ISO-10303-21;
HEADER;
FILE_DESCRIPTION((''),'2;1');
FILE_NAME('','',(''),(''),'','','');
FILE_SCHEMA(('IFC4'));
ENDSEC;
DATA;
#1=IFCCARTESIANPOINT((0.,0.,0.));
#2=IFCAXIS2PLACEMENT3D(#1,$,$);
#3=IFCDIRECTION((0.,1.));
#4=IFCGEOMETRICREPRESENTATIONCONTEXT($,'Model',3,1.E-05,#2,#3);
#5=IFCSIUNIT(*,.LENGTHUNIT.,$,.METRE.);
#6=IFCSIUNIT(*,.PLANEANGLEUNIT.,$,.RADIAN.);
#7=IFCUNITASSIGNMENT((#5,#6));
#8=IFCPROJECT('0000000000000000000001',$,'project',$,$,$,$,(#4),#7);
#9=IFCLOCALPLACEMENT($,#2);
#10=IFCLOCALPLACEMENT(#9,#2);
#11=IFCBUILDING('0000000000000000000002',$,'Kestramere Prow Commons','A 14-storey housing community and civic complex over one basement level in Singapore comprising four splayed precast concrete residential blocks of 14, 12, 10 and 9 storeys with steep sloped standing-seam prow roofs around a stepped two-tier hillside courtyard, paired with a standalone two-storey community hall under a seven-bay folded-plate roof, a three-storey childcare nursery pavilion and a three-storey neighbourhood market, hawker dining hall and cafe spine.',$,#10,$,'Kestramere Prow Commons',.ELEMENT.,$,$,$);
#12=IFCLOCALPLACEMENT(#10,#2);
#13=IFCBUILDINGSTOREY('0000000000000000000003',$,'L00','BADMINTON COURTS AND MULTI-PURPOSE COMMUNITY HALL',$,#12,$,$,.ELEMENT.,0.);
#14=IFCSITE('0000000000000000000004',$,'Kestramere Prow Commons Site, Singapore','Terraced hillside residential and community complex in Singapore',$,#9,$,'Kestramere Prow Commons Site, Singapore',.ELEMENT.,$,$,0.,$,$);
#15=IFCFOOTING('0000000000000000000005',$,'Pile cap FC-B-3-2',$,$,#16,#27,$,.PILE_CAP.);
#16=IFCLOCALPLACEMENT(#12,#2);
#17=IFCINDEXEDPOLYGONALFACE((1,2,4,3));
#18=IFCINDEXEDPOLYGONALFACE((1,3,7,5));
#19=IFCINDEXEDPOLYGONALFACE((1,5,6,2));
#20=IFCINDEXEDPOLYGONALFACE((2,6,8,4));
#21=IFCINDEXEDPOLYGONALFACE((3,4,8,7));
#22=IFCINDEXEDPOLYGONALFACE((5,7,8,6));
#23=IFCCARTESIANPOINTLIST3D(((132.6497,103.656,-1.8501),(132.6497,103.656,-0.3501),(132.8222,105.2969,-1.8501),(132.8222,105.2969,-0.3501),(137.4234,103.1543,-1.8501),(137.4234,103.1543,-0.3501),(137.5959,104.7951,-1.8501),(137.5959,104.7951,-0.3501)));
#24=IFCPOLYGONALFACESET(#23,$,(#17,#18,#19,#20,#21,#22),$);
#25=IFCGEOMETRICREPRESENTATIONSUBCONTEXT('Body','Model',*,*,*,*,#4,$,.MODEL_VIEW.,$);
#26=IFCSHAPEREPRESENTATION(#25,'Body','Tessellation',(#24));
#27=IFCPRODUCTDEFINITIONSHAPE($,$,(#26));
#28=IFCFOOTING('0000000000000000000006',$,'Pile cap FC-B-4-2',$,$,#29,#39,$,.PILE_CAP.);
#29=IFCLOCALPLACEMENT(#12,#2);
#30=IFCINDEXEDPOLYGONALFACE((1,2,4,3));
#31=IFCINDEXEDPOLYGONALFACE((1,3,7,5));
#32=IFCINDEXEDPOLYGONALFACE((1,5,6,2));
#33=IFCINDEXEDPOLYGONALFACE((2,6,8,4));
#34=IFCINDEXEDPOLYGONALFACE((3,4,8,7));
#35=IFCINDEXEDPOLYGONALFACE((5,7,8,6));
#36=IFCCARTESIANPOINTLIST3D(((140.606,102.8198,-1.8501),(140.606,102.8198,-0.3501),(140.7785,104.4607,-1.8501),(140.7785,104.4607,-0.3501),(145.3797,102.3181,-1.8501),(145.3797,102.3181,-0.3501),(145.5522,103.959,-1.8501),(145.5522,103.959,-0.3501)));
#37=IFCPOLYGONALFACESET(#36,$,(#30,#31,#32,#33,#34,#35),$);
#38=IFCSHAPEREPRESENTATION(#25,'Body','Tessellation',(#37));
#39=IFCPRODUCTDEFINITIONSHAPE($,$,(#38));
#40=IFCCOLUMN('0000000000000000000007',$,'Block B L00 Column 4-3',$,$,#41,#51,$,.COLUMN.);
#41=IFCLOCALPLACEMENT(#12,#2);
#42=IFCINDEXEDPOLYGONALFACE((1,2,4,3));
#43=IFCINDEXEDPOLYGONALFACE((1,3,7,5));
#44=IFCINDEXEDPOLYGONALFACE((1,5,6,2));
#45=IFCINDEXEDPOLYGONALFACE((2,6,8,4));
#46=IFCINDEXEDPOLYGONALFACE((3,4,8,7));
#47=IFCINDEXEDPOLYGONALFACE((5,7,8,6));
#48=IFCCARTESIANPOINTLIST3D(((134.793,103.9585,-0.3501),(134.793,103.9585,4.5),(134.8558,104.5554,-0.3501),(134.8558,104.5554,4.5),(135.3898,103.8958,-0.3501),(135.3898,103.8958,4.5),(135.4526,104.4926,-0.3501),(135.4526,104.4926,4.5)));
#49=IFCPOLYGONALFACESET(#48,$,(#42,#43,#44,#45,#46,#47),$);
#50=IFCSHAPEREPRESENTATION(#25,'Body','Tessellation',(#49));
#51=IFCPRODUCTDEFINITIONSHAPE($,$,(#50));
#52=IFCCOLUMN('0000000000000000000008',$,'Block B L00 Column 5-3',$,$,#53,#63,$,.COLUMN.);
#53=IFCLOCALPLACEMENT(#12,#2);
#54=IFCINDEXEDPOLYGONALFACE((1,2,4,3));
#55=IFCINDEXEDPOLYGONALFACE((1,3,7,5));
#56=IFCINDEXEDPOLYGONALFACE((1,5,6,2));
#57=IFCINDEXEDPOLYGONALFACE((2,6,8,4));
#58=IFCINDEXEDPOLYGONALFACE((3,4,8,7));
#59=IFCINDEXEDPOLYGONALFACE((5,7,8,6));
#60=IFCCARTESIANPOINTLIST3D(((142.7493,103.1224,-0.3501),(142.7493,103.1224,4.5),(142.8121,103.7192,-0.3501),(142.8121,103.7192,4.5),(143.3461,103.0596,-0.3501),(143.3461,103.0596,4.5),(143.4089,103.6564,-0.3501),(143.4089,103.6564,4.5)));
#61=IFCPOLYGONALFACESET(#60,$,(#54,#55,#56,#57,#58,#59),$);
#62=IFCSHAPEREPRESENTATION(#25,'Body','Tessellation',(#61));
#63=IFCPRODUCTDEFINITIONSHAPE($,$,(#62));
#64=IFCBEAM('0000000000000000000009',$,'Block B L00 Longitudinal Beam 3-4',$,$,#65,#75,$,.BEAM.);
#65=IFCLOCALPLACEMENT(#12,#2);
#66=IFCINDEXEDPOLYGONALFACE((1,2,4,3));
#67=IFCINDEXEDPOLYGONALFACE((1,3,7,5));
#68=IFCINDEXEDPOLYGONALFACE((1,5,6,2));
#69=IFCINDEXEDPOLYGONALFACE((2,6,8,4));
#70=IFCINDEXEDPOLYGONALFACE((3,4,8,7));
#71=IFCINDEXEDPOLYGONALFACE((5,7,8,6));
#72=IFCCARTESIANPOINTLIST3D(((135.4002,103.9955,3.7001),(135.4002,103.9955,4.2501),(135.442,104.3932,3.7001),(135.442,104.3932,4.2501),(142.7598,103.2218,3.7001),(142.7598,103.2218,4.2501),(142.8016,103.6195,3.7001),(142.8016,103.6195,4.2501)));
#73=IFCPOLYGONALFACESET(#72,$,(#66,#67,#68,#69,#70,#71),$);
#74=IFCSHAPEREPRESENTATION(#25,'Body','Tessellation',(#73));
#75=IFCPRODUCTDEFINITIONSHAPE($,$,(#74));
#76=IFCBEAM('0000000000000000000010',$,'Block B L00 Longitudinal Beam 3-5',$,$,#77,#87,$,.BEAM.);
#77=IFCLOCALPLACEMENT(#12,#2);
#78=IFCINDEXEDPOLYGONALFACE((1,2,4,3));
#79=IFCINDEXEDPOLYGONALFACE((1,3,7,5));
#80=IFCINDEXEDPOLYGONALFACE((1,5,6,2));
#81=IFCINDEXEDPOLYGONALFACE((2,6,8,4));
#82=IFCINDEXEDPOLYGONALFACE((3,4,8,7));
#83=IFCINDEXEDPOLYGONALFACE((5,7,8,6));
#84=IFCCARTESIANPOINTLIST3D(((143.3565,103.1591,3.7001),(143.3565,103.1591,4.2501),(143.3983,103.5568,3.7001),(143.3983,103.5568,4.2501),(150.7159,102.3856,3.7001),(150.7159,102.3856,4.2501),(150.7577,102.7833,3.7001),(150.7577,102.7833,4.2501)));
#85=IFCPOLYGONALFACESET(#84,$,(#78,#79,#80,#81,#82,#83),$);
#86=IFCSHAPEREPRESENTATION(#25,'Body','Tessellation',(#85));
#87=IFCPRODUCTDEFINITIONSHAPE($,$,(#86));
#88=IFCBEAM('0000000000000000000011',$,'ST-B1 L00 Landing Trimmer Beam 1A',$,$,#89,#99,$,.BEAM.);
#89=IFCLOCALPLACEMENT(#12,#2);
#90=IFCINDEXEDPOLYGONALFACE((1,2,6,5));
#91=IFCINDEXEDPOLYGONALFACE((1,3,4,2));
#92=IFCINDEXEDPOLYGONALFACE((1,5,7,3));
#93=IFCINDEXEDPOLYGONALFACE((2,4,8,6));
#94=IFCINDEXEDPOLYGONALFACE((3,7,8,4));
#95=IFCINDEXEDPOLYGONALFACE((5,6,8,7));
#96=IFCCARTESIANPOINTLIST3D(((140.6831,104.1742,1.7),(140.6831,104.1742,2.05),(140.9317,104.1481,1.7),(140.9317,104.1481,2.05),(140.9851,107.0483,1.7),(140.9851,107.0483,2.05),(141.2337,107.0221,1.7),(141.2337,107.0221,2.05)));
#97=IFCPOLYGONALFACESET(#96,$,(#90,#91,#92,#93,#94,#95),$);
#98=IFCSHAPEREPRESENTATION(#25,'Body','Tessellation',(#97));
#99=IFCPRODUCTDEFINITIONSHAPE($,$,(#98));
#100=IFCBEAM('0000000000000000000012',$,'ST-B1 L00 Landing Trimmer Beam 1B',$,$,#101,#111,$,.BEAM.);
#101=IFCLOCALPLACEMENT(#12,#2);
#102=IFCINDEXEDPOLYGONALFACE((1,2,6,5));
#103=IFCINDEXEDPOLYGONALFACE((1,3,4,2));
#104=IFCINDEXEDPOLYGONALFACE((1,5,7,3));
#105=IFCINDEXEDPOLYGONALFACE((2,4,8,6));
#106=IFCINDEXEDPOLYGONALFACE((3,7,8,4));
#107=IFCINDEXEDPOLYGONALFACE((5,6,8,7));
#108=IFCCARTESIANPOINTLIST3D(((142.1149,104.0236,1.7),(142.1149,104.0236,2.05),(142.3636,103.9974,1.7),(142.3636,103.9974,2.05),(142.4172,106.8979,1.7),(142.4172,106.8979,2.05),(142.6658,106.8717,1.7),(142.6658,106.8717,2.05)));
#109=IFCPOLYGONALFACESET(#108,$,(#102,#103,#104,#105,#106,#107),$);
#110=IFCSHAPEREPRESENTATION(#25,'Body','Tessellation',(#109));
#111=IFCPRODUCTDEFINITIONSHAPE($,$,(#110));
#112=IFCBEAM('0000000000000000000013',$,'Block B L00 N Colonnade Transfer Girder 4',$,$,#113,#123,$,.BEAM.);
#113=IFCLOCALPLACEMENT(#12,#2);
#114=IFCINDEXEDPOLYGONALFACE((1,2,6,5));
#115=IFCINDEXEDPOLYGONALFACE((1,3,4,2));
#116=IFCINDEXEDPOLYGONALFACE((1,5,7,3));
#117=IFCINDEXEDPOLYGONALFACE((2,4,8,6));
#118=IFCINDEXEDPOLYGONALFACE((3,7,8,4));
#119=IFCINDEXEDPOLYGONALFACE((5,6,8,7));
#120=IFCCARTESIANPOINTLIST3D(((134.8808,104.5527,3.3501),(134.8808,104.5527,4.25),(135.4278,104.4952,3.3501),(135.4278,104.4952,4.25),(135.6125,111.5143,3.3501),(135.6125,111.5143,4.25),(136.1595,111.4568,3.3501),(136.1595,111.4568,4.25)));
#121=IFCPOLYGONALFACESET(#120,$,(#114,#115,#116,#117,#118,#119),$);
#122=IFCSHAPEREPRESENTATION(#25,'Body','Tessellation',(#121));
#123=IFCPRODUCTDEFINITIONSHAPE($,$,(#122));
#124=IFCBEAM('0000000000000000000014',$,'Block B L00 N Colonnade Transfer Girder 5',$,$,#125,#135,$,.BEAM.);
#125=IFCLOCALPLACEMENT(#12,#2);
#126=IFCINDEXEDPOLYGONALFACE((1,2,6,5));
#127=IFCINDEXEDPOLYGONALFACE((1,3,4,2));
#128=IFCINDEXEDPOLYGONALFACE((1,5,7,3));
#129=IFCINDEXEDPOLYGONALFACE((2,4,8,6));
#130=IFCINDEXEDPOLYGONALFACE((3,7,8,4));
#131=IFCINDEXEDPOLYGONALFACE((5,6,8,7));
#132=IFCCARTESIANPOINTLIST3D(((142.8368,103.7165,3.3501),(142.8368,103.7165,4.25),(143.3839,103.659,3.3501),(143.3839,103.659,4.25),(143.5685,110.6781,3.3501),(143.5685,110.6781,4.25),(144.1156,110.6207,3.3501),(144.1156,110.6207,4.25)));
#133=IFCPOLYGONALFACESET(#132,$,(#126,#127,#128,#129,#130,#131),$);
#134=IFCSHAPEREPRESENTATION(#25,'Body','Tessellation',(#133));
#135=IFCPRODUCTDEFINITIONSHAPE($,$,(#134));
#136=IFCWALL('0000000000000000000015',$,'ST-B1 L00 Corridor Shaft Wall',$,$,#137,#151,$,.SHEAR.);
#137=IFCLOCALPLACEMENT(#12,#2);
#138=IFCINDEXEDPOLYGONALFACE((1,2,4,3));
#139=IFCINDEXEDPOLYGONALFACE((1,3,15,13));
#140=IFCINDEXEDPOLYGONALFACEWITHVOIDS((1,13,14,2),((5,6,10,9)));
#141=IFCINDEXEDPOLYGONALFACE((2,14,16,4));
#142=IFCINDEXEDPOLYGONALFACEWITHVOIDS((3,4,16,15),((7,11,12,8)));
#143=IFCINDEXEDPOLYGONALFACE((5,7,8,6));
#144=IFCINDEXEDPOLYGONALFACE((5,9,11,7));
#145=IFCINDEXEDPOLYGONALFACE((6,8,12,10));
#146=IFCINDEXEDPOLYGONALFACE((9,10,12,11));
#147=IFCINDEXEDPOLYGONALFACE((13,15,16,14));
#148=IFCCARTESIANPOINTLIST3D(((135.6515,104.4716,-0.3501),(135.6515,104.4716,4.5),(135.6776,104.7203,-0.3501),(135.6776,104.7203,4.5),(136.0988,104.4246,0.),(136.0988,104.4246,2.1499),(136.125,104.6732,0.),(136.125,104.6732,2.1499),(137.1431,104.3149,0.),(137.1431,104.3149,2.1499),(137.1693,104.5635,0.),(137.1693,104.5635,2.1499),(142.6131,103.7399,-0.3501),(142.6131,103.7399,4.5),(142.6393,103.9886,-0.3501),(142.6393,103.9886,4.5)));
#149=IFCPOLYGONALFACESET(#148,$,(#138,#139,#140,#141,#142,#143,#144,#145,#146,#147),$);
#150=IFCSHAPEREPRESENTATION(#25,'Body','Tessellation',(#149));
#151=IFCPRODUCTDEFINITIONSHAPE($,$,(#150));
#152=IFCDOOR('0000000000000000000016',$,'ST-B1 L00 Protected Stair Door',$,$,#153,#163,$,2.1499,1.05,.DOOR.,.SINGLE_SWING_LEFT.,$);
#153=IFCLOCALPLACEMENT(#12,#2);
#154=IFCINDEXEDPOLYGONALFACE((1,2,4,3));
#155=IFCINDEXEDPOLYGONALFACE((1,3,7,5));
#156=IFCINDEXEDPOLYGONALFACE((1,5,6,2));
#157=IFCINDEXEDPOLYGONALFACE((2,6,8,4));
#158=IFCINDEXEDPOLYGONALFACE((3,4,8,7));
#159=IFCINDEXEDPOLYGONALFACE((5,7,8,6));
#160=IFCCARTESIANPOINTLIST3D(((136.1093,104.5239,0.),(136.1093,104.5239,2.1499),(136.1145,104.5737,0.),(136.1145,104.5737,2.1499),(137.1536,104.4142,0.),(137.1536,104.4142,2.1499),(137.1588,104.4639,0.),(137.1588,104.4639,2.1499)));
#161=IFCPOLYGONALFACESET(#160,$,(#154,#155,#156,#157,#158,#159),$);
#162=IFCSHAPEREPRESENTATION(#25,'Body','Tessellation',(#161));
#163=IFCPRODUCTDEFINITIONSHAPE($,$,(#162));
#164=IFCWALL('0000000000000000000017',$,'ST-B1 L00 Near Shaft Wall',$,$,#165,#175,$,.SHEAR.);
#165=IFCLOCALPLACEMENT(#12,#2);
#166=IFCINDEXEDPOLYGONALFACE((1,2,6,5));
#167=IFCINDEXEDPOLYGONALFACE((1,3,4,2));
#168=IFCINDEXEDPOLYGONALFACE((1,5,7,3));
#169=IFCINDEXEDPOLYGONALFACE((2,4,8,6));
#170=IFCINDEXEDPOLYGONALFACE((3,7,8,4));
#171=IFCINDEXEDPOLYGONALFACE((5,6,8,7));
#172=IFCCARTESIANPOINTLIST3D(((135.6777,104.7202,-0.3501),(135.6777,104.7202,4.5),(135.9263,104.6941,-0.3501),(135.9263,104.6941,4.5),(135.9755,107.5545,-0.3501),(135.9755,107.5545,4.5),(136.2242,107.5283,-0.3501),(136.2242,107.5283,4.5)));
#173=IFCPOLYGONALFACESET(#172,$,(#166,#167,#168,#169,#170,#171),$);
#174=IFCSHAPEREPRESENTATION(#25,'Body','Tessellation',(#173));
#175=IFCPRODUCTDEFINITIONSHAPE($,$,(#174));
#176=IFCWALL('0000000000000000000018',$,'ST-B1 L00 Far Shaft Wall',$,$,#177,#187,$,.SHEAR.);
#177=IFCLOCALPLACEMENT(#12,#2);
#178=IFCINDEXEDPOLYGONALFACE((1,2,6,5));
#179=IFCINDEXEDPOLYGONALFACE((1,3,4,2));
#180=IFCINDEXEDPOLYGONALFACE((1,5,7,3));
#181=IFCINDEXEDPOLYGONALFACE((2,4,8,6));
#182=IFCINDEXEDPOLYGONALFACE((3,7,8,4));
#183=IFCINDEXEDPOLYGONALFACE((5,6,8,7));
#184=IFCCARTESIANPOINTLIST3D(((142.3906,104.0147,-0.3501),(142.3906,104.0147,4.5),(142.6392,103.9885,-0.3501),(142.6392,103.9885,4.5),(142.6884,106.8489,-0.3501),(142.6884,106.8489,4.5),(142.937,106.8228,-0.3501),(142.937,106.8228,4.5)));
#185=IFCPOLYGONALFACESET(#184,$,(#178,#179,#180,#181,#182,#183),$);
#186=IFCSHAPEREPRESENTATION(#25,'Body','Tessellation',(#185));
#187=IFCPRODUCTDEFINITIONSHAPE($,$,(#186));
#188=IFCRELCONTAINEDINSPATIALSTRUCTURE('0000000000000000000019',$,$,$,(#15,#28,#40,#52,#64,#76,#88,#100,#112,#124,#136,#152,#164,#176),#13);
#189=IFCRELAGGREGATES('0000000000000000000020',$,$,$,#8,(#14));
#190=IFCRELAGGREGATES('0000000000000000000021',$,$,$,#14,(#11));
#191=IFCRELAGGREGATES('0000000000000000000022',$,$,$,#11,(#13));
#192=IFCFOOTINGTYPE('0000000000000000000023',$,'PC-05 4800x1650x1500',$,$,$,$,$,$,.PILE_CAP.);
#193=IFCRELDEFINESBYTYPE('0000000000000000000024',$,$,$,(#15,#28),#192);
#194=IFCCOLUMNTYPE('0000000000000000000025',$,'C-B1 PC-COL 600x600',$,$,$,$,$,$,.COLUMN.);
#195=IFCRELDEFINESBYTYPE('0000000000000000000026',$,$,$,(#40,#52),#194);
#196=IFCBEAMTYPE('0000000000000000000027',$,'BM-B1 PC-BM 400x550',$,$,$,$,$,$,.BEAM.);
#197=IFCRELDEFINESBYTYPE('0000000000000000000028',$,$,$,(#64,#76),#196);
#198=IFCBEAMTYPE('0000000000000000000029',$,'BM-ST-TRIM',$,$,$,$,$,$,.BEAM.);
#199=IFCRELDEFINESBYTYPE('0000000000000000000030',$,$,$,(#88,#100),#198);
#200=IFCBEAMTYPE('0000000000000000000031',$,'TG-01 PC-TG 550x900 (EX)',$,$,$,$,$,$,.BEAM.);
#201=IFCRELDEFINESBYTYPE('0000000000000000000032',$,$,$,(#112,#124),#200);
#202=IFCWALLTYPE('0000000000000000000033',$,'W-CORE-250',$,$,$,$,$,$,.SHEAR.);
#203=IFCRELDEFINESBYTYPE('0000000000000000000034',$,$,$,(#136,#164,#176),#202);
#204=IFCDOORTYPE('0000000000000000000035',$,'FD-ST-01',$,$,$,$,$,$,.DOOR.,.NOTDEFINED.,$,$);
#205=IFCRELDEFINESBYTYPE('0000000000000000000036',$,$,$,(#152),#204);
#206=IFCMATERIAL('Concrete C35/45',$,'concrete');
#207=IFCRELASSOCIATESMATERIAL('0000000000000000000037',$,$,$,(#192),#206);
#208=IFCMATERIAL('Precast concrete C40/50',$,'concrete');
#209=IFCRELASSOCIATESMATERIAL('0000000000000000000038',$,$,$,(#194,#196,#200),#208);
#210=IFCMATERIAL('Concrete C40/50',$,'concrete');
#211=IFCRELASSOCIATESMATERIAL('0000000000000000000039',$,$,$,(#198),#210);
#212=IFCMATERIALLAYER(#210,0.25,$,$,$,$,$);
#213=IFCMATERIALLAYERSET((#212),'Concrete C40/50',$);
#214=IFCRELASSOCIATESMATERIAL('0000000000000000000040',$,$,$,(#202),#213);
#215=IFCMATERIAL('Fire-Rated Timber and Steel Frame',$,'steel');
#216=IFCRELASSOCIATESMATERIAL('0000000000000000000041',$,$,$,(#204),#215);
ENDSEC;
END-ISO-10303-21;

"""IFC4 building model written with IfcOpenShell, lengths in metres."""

from ifc_helpers import new_model, si_unit, direction, frame, frame_2d, origin, origin_2d, place, context, subcontext, project, spatial, rectangle, extrude, material, layer, layer_set, material_profile, profile_set, type_object, element, fill, save


model = new_model("IFC4")

# Units and contexts
model_context = context("Model", 3, precision=1e-05, world=origin(), true_north=direction((0.0, 1.0)))
body_context = subcontext(model_context, "Body", "Model", "MODEL_VIEW")
ifc_project = project(units=[si_unit("LENGTHUNIT", "METRE"), si_unit("PLANEANGLEUNIT", "RADIAN")], contexts=[model_context])

# Site, building, storey
site_placement = place(None, origin())
site = spatial("IfcSite", under=ifc_project, at=site_placement, Name="Kestramere Prow Commons Site, Singapore", Description="Terraced hillside residential and community complex in Singapore", LongName="Kestramere Prow Commons Site, Singapore", CompositionType="ELEMENT", RefElevation=0.0)
building_placement = place(site_placement, origin())
building = spatial("IfcBuilding", under=site, at=building_placement, Name="Kestramere Prow Commons", Description="A 14-storey housing community and civic complex over one basement level in Singapore comprising four splayed precast concrete residential blocks of 14, 12, 10 and 9 storeys with steep sloped standing-seam prow roofs around a stepped two-tier hillside courtyard, paired with a standalone two-storey community hall under a seven-bay folded-plate roof, a three-storey childcare nursery pavilion and a three-storey neighbourhood market, hawker dining hall and cafe spine.", LongName="Kestramere Prow Commons", CompositionType="ELEMENT")
storey_placement = place(building_placement, origin())
storey = spatial("IfcBuildingStorey", under=building, at=storey_placement, Name="L00", Description="BADMINTON COURTS AND MULTI-PURPOSE COMMUNITY HALL", CompositionType="ELEMENT", Elevation=0.0)

# Shared definitions
ifc_material_1 = material(Name="Concrete C35/45", Category="concrete")

# Footings
footing_type_1 = type_object("IfcFootingType", Name="PC-05 4800x1650x1500", PredefinedType="PILE_CAP", material=ifc_material_1)
for number, where, z_axis, x_axis, name in (
    (1, (135.1228, 104.2256, -1.8501), (0.0, 0.0, 1.0), (0.994522, -0.104528, 0.0), "Pile cap FC-B-3-2"),
    (2, (143.0791, 103.3894, -1.8501), (0.0, 0.0, 1.0), (0.994522, -0.104528, 0.0), "Pile cap FC-B-4-2"),
):
    element("IfcFooting", number, at=place(storey_placement, frame(where, z_axis=z_axis, x_axis=x_axis)), inside=storey, type_object=footing_type_1, Name=name, PredefinedType="PILE_CAP", context=body_context, shape_type="SweptSolid", body=[
        extrude(rectangle(XDim=4.8, YDim=1.6499, at=origin_2d()), origin(), (0.0, 0.0, 1.0), 1.5),
    ])

# Columns
ifc_material_2 = material(Name="Precast concrete C40/50", Category="concrete")
ifc_material_profile_1 = material_profile(ifc_material_2, rectangle(XDim=0.6001, YDim=0.6001, at=origin_2d()), Name="PC-COL 600x600")
ifc_profile_set_1 = profile_set([ifc_material_profile_1], Name="Precast concrete C40/50")
column_type = type_object("IfcColumnType", Name="C-B1 PC-COL 600x600", PredefinedType="COLUMN", material=ifc_profile_set_1)
for number, where, z_axis, x_axis, name in (
    (3, (135.1228, 104.2256, -0.3501), (0.0, 0.0, 1.0), (0.994522, -0.104528, 0.0), "Block B L00 Column 4-3"),
    (4, (143.0791, 103.3894, -0.3501), (0.0, 0.0, 1.0), (0.994522, -0.104528, 0.0), "Block B L00 Column 5-3"),
):
    element("IfcColumn", number, at=place(storey_placement, frame(where, z_axis=z_axis, x_axis=x_axis)), inside=storey, type_object=column_type, Name=name, PredefinedType="COLUMN", context=body_context, shape_type="SweptSolid", body=[
        extrude(rectangle(XDim=0.6001, YDim=0.6001, at=origin_2d()), origin(), (0.0, 0.0, 1.0), 4.8501),
    ])

# Beams
ifc_material_profile_2 = material_profile(ifc_material_2, rectangle(XDim=0.3999, YDim=0.55, at=origin_2d()), Name="PC-BM 400x550")
ifc_profile_set_2 = profile_set([ifc_material_profile_2], Name="Precast concrete C40/50")
beam_type_1 = type_object("IfcBeamType", Name="BM-B1 PC-BM 400x550", PredefinedType="BEAM", material=ifc_profile_set_2)
beam_1_placement = place(storey_placement, frame((135.4211, 104.1943, 3.9751), z_axis=(0.99452, -0.104549, 0.0), x_axis=(0.104549, 0.99452, 0.0)))
element("IfcBeam", 5, at=beam_1_placement, inside=storey, type_object=beam_type_1, Name="Block B L00 Longitudinal Beam 3-4", PredefinedType="BEAM", context=body_context, shape_type="SweptSolid", body=[
    extrude(rectangle(XDim=0.3999, YDim=0.55, at=origin_2d()), origin(), (0.0, 0.0, 1.0), 7.4001),
])
beam_2_placement = place(storey_placement, frame((143.3774, 103.3579, 3.9751), z_axis=(0.994523, -0.10452, 0.0), x_axis=(0.10452, 0.994523, 0.0)))
element("IfcBeam", 6, at=beam_2_placement, inside=storey, type_object=beam_type_1, Name="Block B L00 Longitudinal Beam 3-5", PredefinedType="BEAM", context=body_context, shape_type="SweptSolid", body=[
    extrude(rectangle(XDim=0.3999, YDim=0.55, at=origin_2d()), origin(), (0.0, 0.0, 1.0), 7.3999),
])
ifc_material_3 = material(Name="Concrete C40/50", Category="concrete")
ifc_material_profile_3 = material_profile(ifc_material_3, rectangle(XDim=0.25, YDim=0.3501, at=origin_2d()), Name="PC-BM 250x350")
ifc_profile_set_3 = profile_set([ifc_material_profile_3], Name="Concrete C40/50")
beam_type_2 = type_object("IfcBeamType", Name="BM-ST-TRIM", PredefinedType="BEAM", material=ifc_profile_set_3)
beam_3_placement = place(storey_placement, frame((140.8074, 104.1611, 1.875), z_axis=(0.104504, 0.994524, 0.0), x_axis=(-0.994524, 0.104504, 0.0)))
element("IfcBeam", 7, at=beam_3_placement, inside=storey, type_object=beam_type_2, Name="ST-B1 L00 Landing Trimmer Beam 1A", PredefinedType="BEAM", context=body_context, shape_type="SweptSolid", body=[
    extrude(rectangle(XDim=0.25, YDim=0.3501, at=origin_2d()), origin(), (0.0, 0.0, 1.0), 2.8899),
])
beam_4_placement = place(storey_placement, frame((142.2393, 104.0105, 1.875), z_axis=(0.104579, 0.994517, 0.0), x_axis=(-0.994517, 0.104579, 0.0)))
element("IfcBeam", 8, at=beam_4_placement, inside=storey, type_object=beam_type_2, Name="ST-B1 L00 Landing Trimmer Beam 1B", PredefinedType="BEAM", context=body_context, shape_type="SweptSolid", body=[
    extrude(rectangle(XDim=0.25, YDim=0.3501, at=origin_2d()), origin(), (0.0, 0.0, 1.0), 2.8901),
])
ifc_material_profile_4 = material_profile(ifc_material_2, rectangle(XDim=0.55, YDim=0.8999, at=origin_2d()), Name="PC-TG 550x900")
ifc_profile_set_4 = profile_set([ifc_material_profile_4], Name="Precast concrete C40/50")
beam_type_3 = type_object("IfcBeamType", Name="TG-01 PC-TG 550x900 (EX)", PredefinedType="BEAM", material=ifc_profile_set_4)
for number, where, z_axis, x_axis, name in (
    (9, (135.1543, 104.5239, 3.8), (0.104527, 0.994522, 0.0), (-0.994522, 0.104527, 0.0), "Block B L00 N Colonnade Transfer Girder 4"),
    (10, (143.1104, 103.6877, 3.8), (0.104527, 0.994522, 0.0), (-0.994522, 0.104527, 0.0), "Block B L00 N Colonnade Transfer Girder 5"),
):
    element("IfcBeam", number, at=place(storey_placement, frame(where, z_axis=z_axis, x_axis=x_axis)), inside=storey, type_object=beam_type_3, Name=name, PredefinedType="BEAM", context=body_context, shape_type="SweptSolid", body=[
        extrude(rectangle(XDim=0.55, YDim=0.8999, at=origin_2d()), origin(), (0.0, 0.0, 1.0), 7.0),
    ])

# Wall, opening, door
ifc_layer_1 = layer(ifc_material_3, 0.25)
ifc_layer_set_1 = layer_set([ifc_layer_1], Name="Concrete C40/50")
wall_type_1 = type_object("IfcWallType", Name="W-CORE-250", PredefinedType="SHEAR", material=ifc_layer_set_1)
wall_1_placement = place(storey_placement, frame((135.6646, 104.5959, -0.3501), z_axis=(0.0, 0.0, 1.0), x_axis=(0.994522, -0.104527, 0.0)))
wall_1 = element("IfcWall", 11, at=wall_1_placement, inside=storey, type_object=wall_type_1, Name="ST-B1 L00 Corridor Shaft Wall", PredefinedType="SHEAR", context=body_context, shape_type="SweptSolid", body=[
    extrude(rectangle(XDim=7.0, YDim=0.25, at=frame_2d((3.5, 0.0))), origin(), (0.0, 0.0, 1.0), 4.8501),
])
opening_1_placement = place(wall_1_placement, frame((0.45, 0.0, 0.3501)))
opening_1 = element("IfcOpeningElement", 12, at=opening_1_placement, cuts=wall_1, PredefinedType="OPENING", context=body_context, shape_type="SweptSolid", body=[
    extrude(rectangle(XDim=1.05, YDim=2.1499, at=frame_2d((0.5249, 1.075))), frame((0.0, 0.1399, 0.0), z_axis=(0.0, -1.0, 0.0), x_axis=(1.0, 0.0, 0.0)), (0.0, 0.0, 1.0), 0.28),
])
ifc_material_4 = material(Name="Fire-Rated Timber and Steel Frame", Category="steel")
door_type = type_object("IfcDoorType", Name="FD-ST-01", OperationType="NOTDEFINED", PredefinedType="DOOR", material=ifc_material_4)
door_1_placement = place(opening_1_placement, origin())
door_1 = element("IfcDoor", 13, at=door_1_placement, inside=storey, type_object=door_type, Name="ST-B1 L00 Protected Stair Door", OperationType="SINGLE_SWING_LEFT", OverallHeight=2.1499, OverallWidth=1.05, PredefinedType="DOOR", context=body_context, shape_type="SweptSolid", body=[
    extrude(rectangle(XDim=1.05, YDim=2.1499, at=frame_2d((0.5249, 1.075))), frame((0.0, 0.0249, 0.0), z_axis=(0.0, -1.0, 0.0), x_axis=(1.0, 0.0, 0.0)), (0.0, 0.0, 1.0), 0.05),
])
fill(opening_1, door_1)

# Walls
for number, where, z_axis, x_axis, name in (
    (14, (135.802, 104.7073, -0.3501), (0.0, 0.0, 1.0), (0.104515, 0.994523, 0.0), "ST-B1 L00 Near Shaft Wall"),
    (15, (142.5149, 104.0017, -0.3501), (0.0, 0.0, 1.0), (0.104515, 0.994523, 0.0), "ST-B1 L00 Far Shaft Wall"),
):
    element("IfcWall", number, at=place(storey_placement, frame(where, z_axis=z_axis, x_axis=x_axis)), inside=storey, type_object=wall_type_1, Name=name, PredefinedType="SHEAR", context=body_context, shape_type="SweptSolid", body=[
        extrude(rectangle(XDim=2.8499, YDim=0.25, at=frame_2d((1.4248, 0.0))), origin(), (0.0, 0.0, 1.0), 4.8501),
    ])

save(model, "model.ifc")
